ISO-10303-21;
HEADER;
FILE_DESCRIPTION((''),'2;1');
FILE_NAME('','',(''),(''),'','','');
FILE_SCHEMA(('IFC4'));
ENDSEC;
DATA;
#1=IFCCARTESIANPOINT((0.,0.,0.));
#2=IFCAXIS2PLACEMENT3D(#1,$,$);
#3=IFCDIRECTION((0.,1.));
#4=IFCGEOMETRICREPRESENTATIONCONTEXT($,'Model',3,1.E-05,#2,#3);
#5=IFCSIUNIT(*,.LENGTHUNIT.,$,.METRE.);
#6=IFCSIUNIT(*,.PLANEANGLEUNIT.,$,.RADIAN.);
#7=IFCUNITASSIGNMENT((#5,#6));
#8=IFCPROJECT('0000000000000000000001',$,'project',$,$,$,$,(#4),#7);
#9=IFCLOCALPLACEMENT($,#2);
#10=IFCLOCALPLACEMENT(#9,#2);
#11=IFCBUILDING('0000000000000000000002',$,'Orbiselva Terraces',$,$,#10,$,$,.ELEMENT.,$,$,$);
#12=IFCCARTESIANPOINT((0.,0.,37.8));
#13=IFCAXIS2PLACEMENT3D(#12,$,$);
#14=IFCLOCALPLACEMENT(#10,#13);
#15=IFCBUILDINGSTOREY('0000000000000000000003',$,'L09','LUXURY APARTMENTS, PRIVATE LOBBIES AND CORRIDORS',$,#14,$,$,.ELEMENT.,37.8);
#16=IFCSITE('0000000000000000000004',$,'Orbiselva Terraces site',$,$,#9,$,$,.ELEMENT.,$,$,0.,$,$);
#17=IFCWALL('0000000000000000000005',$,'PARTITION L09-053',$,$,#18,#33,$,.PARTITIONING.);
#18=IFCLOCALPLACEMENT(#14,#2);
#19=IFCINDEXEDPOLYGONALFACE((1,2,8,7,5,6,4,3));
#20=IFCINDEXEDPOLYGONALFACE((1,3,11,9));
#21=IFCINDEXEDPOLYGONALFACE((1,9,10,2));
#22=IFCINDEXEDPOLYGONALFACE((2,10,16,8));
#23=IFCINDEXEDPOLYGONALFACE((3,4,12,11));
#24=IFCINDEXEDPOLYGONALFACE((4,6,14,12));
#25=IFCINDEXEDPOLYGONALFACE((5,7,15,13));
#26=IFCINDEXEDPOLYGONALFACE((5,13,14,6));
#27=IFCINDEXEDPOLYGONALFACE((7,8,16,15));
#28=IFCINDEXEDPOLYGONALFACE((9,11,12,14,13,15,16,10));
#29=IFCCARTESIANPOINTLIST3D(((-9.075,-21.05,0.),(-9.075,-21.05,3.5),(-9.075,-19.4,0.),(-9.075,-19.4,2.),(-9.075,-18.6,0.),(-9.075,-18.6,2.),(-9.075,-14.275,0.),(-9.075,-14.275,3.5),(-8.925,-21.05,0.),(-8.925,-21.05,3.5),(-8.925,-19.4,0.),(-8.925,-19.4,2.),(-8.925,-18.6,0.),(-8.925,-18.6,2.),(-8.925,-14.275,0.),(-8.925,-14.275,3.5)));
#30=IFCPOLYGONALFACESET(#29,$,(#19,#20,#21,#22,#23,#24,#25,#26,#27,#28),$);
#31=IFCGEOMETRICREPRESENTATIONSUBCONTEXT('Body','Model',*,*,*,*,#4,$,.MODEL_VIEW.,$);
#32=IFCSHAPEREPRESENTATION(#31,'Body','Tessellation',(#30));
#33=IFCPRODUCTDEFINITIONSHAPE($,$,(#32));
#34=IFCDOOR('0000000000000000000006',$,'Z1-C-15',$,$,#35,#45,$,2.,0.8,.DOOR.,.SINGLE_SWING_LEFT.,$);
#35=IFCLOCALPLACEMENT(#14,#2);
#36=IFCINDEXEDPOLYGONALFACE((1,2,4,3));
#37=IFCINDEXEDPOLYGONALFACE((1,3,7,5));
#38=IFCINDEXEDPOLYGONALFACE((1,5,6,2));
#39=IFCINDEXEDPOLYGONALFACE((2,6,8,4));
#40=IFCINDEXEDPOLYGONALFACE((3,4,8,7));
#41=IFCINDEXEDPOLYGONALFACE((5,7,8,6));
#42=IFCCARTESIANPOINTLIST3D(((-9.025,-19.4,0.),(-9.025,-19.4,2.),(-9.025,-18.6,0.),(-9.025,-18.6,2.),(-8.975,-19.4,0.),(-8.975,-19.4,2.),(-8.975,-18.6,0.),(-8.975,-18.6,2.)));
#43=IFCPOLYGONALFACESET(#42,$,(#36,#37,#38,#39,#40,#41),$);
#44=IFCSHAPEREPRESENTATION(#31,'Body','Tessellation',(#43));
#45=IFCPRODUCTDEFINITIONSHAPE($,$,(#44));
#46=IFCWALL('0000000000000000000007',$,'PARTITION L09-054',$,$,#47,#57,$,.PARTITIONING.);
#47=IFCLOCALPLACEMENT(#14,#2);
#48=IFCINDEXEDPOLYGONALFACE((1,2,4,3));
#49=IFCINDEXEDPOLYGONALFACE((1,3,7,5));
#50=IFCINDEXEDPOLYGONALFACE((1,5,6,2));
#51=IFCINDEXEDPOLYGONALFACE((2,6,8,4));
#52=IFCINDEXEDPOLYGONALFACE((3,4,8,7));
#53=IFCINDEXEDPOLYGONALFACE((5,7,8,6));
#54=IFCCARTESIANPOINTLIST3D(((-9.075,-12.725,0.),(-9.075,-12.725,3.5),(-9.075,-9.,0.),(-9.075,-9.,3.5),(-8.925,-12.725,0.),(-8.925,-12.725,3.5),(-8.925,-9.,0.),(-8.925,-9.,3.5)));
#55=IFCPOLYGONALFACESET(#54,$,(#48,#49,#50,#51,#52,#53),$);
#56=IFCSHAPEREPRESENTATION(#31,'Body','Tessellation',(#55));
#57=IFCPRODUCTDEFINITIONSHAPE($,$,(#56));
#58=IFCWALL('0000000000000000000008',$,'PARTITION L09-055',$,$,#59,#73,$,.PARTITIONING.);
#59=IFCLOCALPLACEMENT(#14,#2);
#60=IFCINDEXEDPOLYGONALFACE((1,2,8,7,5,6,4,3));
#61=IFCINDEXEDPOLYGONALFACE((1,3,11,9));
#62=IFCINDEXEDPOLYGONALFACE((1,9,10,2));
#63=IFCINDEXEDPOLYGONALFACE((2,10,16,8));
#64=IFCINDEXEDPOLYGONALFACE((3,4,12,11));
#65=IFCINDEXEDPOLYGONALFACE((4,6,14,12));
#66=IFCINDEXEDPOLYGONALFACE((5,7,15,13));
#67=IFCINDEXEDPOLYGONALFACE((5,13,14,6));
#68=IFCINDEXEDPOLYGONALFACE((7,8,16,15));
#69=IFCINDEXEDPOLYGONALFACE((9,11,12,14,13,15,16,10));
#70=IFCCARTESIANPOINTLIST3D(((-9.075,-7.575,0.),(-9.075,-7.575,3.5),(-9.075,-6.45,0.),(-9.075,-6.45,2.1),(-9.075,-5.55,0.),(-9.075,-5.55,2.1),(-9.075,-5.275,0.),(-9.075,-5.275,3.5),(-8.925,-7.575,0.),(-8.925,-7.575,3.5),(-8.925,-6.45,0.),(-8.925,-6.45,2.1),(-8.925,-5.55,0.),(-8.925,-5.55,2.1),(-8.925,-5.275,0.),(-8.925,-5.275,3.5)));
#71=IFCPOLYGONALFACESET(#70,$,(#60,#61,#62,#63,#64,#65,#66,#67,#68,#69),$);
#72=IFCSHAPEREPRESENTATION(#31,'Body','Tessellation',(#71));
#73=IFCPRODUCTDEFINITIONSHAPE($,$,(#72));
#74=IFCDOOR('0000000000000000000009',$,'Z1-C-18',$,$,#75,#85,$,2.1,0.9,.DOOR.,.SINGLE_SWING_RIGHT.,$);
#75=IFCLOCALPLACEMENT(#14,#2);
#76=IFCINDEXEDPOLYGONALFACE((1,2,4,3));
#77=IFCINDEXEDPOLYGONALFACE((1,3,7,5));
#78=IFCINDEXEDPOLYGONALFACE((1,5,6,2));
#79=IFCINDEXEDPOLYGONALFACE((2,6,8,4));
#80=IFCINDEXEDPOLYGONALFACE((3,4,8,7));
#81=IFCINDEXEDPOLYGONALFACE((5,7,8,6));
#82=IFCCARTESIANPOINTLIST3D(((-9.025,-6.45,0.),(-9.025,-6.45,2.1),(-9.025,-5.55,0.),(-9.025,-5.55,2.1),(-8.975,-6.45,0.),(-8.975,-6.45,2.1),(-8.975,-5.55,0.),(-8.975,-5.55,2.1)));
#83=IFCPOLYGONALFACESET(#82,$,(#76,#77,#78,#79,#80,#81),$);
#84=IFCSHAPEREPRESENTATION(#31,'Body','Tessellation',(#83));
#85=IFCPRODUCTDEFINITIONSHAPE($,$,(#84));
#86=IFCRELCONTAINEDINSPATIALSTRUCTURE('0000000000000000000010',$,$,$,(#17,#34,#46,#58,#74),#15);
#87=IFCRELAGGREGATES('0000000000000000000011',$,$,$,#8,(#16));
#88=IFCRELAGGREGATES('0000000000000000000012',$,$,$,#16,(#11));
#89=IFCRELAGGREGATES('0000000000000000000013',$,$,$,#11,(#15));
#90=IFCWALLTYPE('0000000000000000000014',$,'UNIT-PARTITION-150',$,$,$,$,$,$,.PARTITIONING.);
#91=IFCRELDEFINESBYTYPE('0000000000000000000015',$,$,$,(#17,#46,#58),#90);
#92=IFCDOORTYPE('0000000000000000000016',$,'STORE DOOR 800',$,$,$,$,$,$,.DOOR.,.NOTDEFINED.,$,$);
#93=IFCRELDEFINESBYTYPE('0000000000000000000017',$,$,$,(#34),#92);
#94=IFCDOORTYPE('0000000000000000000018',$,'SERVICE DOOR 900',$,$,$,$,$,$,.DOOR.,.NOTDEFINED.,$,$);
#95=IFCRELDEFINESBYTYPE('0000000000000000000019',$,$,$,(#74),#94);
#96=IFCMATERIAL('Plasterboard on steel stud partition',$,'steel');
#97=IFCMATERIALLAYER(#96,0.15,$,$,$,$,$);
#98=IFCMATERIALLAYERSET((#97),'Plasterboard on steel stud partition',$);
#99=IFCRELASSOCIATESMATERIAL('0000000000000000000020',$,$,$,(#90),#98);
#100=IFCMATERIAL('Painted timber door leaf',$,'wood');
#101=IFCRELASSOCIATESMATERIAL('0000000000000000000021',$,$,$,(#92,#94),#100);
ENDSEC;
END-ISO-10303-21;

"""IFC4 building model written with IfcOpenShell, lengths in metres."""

from ifc_helpers import new_model, si_unit, direction, frame, frame_2d, origin, place, context, subcontext, project, spatial, rectangle, extrude, material, layer, layer_set, type_object, element, fill, save


model = new_model("IFC4")

# Units and contexts
model_context = context("Model", 3, precision=1e-05, world=origin(), true_north=direction((0.0, 1.0)))
body_context = subcontext(model_context, "Body", "Model", "MODEL_VIEW")
ifc_project = project(units=[si_unit("LENGTHUNIT", "METRE"), si_unit("PLANEANGLEUNIT", "RADIAN")], contexts=[model_context])

# Site, building, storey
site_placement = place(None, origin())
site = spatial("IfcSite", under=ifc_project, at=site_placement, Name="Orbiselva Terraces site", CompositionType="ELEMENT", RefElevation=0.0)
building_placement = place(site_placement, origin())
building = spatial("IfcBuilding", under=site, at=building_placement, Name="Orbiselva Terraces", CompositionType="ELEMENT")
storey_placement = place(building_placement, frame((0.0, 0.0, 37.8)))
storey = spatial("IfcBuildingStorey", under=building, at=storey_placement, Name="L09", Description="LUXURY APARTMENTS, PRIVATE LOBBIES AND CORRIDORS", CompositionType="ELEMENT", Elevation=37.8)

# Shared definitions
ifc_material_1 = material(Name="Plasterboard on steel stud partition", Category="steel")
ifc_material_2 = material(Name="Painted timber door leaf", Category="wood")

# Shared definitions
ifc_layer_1 = layer(ifc_material_1, 0.15)
ifc_layer_set_1 = layer_set([ifc_layer_1], Name="Plasterboard on steel stud partition")
wall_type_1 = type_object("IfcWallType", Name="UNIT-PARTITION-150", PredefinedType="PARTITIONING", material=ifc_layer_set_1)

# Shared definitions
door_type_1 = type_object("IfcDoorType", Name="STORE DOOR 800", OperationType="NOTDEFINED", PredefinedType="DOOR", material=ifc_material_2)

# Wall, opening, door
wall_1_placement = place(storey_placement, frame((-9.0, -21.05, 0.0), z_axis=(0.0, 0.0, 1.0), x_axis=(0.0, 1.0, 0.0)))
wall_1 = element("IfcWall", 1, at=wall_1_placement, inside=storey, type_object=wall_type_1, Name="PARTITION L09-053", PredefinedType="PARTITIONING", context=body_context, shape_type="SweptSolid", body=[
    extrude(rectangle(XDim=6.775, YDim=0.15, at=frame_2d((3.3875, 0.0))), origin(), (0.0, 0.0, 1.0), 3.5),
])
opening_1_placement = place(wall_1_placement, frame((1.65, 0.0, 0.0)))
opening_1 = element("IfcOpeningElement", 2, at=opening_1_placement, cuts=wall_1, PredefinedType="OPENING", context=body_context, shape_type="SweptSolid", body=[
    extrude(rectangle(XDim=0.8, YDim=2.0, at=frame_2d((0.4, 1.0))), frame((0.0, 0.085, 0.0), z_axis=(0.0, -1.0, 0.0), x_axis=(1.0, 0.0, 0.0)), (0.0, 0.0, 1.0), 0.17),
])
door_1_placement = place(opening_1_placement, origin())
door_1 = element("IfcDoor", 3, at=door_1_placement, inside=storey, type_object=door_type_1, Name="Z1-C-15", OperationType="SINGLE_SWING_LEFT", OverallHeight=2.0, OverallWidth=0.8, PredefinedType="DOOR", context=body_context, shape_type="SweptSolid", body=[
    extrude(rectangle(XDim=0.8, YDim=2.0, at=frame_2d((0.4, 1.0))), frame((0.0, 0.025, 0.0), z_axis=(0.0, -1.0, 0.0), x_axis=(1.0, 0.0, 0.0)), (0.0, 0.0, 1.0), 0.05),
])
fill(opening_1, door_1)

# Wall
wall_2_placement = place(storey_placement, frame((-9.0, -12.725, 0.0), z_axis=(0.0, 0.0, 1.0), x_axis=(0.0, 1.0, 0.0)))
element("IfcWall", 4, at=wall_2_placement, inside=storey, type_object=wall_type_1, Name="PARTITION L09-054", PredefinedType="PARTITIONING", context=body_context, shape_type="SweptSolid", body=[
    extrude(rectangle(XDim=3.725, YDim=0.15, at=frame_2d((1.8625, 0.0))), origin(), (0.0, 0.0, 1.0), 3.5),
])

# Wall, opening, door
wall_3_placement = place(storey_placement, frame((-9.0, -7.575, 0.0), z_axis=(0.0, 0.0, 1.0), x_axis=(0.0, 1.0, 0.0)))
wall_3 = element("IfcWall", 5, at=wall_3_placement, inside=storey, type_object=wall_type_1, Name="PARTITION L09-055", PredefinedType="PARTITIONING", context=body_context, shape_type="SweptSolid", body=[
    extrude(rectangle(XDim=2.3, YDim=0.15, at=frame_2d((1.15, 0.0))), origin(), (0.0, 0.0, 1.0), 3.5),
])
opening_2_placement = place(wall_3_placement, frame((1.125, 0.0, 0.0)))
opening_2 = element("IfcOpeningElement", 6, at=opening_2_placement, cuts=wall_3, PredefinedType="OPENING", context=body_context, shape_type="SweptSolid", body=[
    extrude(rectangle(XDim=0.9, YDim=2.1, at=frame_2d((0.45, 1.05))), frame((0.0, 0.085, 0.0), z_axis=(0.0, -1.0, 0.0), x_axis=(1.0, 0.0, 0.0)), (0.0, 0.0, 1.0), 0.17),
])
door_type_2 = type_object("IfcDoorType", Name="SERVICE DOOR 900", OperationType="NOTDEFINED", PredefinedType="DOOR", material=ifc_material_2)
door_2_placement = place(opening_2_placement, origin())
door_2 = element("IfcDoor", 7, at=door_2_placement, inside=storey, type_object=door_type_2, Name="Z1-C-18", OperationType="SINGLE_SWING_RIGHT", OverallHeight=2.1, OverallWidth=0.9, PredefinedType="DOOR", context=body_context, shape_type="SweptSolid", body=[
    extrude(rectangle(XDim=0.9, YDim=2.1, at=frame_2d((0.45, 1.05))), frame((0.0, 0.025, 0.0), z_axis=(0.0, -1.0, 0.0), x_axis=(1.0, 0.0, 0.0)), (0.0, 0.0, 1.0), 0.05),
])
fill(opening_2, door_2)

save(model, "model.ifc")
